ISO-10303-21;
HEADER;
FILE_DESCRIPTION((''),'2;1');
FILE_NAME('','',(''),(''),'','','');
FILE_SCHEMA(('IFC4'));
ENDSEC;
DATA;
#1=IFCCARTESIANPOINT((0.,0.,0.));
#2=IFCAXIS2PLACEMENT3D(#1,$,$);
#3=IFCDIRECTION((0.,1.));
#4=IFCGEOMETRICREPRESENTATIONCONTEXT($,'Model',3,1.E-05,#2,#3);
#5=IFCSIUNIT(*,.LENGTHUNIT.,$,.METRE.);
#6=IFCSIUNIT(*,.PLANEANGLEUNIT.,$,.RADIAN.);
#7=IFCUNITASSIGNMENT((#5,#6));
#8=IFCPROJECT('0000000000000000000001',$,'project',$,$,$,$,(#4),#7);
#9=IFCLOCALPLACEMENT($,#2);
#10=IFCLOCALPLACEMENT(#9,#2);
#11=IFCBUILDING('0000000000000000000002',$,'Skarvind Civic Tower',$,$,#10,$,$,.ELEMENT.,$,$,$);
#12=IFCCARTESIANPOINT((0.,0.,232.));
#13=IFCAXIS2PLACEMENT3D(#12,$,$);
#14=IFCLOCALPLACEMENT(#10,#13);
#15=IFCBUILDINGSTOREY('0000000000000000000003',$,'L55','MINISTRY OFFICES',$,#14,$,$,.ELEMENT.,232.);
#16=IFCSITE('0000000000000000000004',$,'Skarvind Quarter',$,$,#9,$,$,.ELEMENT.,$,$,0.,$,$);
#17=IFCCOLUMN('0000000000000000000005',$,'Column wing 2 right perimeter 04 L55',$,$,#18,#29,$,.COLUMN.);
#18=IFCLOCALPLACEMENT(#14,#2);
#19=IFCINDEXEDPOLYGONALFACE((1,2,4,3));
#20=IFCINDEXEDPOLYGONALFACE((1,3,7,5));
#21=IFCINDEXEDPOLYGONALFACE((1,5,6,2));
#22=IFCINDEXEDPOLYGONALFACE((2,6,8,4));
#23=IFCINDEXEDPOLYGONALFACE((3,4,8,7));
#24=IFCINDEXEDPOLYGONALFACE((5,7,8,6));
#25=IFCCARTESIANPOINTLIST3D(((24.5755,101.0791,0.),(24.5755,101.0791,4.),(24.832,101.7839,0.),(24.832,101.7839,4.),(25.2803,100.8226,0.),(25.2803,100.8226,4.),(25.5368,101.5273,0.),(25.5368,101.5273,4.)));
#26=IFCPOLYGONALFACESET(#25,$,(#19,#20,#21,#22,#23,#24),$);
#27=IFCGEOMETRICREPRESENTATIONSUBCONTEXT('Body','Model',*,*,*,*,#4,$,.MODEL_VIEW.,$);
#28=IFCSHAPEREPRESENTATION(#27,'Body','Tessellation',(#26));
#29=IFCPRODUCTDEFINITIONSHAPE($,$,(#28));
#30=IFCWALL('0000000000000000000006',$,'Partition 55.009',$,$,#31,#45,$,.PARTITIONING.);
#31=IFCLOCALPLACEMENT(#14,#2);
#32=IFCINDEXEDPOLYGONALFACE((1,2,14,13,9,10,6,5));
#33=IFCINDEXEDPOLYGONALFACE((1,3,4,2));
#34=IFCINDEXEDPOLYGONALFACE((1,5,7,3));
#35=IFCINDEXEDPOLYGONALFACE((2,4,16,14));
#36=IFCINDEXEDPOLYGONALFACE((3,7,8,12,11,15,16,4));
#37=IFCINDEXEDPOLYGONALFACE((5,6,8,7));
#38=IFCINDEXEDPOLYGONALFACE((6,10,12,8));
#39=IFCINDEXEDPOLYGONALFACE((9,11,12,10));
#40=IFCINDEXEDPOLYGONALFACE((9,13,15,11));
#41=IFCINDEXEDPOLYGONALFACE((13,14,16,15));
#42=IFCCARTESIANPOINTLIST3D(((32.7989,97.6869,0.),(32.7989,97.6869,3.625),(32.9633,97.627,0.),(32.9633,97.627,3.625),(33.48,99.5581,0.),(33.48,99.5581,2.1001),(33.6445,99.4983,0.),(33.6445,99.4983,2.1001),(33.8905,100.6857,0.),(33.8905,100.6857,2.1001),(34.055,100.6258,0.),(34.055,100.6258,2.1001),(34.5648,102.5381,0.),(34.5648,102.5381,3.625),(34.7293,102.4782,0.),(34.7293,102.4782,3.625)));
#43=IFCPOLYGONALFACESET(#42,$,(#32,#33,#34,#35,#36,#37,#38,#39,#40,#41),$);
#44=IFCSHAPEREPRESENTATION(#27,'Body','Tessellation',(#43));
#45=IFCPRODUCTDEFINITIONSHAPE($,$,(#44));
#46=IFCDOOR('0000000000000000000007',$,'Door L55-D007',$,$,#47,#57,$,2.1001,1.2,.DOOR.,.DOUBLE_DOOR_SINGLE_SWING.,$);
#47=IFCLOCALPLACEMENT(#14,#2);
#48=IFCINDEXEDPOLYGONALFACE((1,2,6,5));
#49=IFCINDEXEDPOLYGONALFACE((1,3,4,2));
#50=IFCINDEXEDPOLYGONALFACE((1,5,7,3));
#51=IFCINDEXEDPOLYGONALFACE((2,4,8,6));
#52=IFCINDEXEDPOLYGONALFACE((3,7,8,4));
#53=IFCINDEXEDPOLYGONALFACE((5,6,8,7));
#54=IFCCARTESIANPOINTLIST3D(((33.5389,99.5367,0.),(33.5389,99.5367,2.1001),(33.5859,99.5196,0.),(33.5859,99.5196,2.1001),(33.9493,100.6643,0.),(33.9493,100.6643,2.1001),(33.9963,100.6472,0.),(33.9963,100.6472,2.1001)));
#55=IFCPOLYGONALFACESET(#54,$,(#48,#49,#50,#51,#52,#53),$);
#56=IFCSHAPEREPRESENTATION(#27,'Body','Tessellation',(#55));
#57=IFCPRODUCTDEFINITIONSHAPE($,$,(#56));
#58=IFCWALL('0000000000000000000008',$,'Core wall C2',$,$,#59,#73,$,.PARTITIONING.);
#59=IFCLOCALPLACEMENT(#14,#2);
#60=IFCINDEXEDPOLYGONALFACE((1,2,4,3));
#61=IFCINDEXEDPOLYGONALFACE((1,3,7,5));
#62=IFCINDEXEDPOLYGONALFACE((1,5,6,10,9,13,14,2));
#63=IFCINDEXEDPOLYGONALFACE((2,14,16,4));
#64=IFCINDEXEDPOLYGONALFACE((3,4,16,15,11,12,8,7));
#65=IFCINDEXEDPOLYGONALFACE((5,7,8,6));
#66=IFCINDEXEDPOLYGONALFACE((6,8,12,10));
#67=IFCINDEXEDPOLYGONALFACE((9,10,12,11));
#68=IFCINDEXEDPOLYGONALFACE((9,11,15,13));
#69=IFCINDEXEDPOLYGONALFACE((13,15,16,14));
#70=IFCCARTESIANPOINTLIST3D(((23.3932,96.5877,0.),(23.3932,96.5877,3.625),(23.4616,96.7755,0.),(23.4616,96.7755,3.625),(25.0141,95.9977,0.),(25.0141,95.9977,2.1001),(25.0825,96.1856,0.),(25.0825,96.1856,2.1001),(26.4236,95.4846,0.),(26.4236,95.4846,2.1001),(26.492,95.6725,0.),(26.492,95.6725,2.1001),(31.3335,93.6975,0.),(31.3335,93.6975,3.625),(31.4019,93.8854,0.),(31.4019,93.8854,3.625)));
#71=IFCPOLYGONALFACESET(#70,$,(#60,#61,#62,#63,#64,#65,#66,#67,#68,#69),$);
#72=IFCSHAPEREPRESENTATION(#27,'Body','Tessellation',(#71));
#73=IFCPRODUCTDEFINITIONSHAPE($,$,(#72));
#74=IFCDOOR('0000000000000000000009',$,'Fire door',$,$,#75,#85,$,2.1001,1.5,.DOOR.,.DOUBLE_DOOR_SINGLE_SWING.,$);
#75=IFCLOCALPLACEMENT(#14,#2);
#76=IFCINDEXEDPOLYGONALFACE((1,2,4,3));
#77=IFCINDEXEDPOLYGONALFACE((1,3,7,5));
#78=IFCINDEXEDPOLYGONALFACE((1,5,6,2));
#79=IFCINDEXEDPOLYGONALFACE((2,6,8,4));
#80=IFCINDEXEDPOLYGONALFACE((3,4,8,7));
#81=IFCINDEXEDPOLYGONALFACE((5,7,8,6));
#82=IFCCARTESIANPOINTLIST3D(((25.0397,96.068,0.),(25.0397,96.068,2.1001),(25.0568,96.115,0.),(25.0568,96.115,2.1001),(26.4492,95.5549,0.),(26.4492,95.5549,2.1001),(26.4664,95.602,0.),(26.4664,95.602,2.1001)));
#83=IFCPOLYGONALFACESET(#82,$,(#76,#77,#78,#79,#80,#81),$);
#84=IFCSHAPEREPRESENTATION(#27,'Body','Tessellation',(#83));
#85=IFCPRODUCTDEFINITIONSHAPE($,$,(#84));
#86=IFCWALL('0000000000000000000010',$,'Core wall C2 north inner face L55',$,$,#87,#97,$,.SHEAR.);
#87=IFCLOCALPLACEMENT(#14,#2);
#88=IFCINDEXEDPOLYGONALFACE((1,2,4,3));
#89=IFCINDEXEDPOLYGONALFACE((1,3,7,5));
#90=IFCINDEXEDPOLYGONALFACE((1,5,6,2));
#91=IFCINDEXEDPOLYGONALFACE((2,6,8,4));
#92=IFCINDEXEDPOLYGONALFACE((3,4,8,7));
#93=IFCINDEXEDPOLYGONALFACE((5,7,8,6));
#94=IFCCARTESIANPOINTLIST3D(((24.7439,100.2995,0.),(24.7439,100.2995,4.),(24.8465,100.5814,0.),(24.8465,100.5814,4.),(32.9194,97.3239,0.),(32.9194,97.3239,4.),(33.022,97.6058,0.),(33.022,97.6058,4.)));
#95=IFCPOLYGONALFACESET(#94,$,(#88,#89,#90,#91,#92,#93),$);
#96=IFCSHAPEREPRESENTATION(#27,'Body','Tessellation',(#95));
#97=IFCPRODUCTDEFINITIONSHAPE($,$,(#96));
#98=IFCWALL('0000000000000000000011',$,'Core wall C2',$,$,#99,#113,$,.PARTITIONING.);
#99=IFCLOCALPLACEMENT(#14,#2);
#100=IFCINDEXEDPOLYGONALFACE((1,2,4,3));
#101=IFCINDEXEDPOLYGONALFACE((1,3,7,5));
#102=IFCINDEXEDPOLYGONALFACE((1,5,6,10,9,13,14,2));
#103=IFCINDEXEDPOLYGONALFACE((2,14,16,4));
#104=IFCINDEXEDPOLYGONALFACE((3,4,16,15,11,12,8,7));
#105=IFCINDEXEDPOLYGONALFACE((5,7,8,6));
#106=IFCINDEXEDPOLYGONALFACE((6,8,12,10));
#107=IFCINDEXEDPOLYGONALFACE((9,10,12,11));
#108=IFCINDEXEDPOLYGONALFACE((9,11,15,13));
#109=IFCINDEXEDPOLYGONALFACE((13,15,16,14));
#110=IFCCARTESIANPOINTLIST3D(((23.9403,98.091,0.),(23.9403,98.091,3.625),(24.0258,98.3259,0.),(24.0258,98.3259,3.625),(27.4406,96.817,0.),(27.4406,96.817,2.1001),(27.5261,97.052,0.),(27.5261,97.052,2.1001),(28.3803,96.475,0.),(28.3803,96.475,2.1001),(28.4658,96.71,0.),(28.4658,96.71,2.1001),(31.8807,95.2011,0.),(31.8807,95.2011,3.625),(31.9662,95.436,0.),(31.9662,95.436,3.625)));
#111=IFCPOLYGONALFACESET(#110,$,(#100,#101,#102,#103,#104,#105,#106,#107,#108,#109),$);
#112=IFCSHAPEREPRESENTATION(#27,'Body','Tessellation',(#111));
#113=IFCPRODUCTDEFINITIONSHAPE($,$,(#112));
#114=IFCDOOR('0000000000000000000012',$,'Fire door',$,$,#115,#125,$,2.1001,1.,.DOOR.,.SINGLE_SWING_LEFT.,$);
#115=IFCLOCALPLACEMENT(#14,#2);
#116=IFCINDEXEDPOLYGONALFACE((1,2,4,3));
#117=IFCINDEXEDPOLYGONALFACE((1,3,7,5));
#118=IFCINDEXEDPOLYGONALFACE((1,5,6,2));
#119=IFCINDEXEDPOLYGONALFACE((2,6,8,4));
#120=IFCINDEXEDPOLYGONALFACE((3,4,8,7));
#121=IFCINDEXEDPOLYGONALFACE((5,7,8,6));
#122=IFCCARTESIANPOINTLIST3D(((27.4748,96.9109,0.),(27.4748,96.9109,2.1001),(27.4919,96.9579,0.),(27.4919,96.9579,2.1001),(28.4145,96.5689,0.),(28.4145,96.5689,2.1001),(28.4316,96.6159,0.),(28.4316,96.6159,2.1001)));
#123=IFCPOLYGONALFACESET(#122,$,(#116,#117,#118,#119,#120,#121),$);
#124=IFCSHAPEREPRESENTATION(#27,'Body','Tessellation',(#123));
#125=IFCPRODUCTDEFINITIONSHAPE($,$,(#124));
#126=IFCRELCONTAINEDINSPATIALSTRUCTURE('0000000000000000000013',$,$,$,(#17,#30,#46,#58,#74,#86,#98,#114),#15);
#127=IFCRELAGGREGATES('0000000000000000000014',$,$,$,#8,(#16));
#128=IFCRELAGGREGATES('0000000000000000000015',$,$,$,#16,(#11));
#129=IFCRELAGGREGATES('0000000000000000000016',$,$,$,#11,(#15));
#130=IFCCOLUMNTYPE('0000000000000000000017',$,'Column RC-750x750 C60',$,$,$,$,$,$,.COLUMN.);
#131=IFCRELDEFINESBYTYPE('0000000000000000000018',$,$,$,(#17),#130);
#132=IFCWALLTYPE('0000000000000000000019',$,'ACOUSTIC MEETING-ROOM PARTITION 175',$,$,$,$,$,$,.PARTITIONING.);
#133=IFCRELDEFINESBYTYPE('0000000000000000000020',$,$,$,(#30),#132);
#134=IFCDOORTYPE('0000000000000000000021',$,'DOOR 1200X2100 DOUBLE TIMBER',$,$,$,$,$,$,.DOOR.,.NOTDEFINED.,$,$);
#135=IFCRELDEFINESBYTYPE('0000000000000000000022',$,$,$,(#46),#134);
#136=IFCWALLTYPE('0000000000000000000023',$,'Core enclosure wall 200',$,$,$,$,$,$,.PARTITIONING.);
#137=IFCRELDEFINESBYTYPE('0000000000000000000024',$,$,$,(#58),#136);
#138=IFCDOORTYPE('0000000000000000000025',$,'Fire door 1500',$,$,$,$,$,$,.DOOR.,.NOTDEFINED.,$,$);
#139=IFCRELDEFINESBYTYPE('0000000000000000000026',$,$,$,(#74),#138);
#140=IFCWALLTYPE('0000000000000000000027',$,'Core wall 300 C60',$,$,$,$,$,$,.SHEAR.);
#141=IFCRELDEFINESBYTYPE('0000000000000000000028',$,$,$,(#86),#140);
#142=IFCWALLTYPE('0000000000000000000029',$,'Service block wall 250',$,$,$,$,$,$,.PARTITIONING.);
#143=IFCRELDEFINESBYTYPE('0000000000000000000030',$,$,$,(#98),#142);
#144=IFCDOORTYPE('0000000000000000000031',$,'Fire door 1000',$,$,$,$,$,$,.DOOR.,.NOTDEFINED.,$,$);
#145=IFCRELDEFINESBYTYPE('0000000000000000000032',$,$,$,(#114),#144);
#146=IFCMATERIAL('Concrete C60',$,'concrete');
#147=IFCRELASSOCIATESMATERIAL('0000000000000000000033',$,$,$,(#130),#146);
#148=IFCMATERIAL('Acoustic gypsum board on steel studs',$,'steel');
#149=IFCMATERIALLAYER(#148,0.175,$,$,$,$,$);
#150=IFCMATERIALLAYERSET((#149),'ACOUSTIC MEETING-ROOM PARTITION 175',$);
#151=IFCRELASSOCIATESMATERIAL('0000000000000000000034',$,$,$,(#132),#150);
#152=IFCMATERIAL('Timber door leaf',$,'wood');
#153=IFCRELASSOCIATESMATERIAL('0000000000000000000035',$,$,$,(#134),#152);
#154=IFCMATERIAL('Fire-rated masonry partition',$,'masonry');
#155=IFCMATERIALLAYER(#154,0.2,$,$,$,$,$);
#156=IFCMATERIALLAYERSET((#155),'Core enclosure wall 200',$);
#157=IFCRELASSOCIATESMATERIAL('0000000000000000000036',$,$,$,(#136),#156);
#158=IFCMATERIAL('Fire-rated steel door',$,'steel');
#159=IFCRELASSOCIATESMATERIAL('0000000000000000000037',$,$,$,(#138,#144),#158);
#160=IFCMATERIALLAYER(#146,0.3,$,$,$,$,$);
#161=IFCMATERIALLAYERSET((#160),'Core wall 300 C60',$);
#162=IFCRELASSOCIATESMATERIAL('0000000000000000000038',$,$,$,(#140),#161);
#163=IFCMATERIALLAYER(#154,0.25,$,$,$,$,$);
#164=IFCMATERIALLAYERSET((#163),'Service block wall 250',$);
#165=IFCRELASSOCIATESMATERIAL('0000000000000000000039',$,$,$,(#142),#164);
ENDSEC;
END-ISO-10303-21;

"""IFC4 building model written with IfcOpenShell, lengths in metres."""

from ifc_helpers import new_model, si_unit, direction, frame, frame_2d, origin, origin_2d, place, context, subcontext, project, spatial, rectangle, extrude, material, layer, layer_set, material_profile, profile_set, type_object, element, fill, save


model = new_model("IFC4")

# Units and contexts
model_context = context("Model", 3, precision=1e-05, world=origin(), true_north=direction((0.0, 1.0)))
body_context = subcontext(model_context, "Body", "Model", "MODEL_VIEW")
ifc_project = project(units=[si_unit("LENGTHUNIT", "METRE"), si_unit("PLANEANGLEUNIT", "RADIAN")], contexts=[model_context])

# Site, building, storey
site_placement = place(None, origin())
site = spatial("IfcSite", under=ifc_project, at=site_placement, Name="Skarvind Quarter", CompositionType="ELEMENT", RefElevation=0.0)
building_placement = place(site_placement, origin())
building = spatial("IfcBuilding", under=site, at=building_placement, Name="Skarvind Civic Tower", CompositionType="ELEMENT")
storey_placement = place(building_placement, frame((0.0, 0.0, 232.0)))
storey = spatial("IfcBuildingStorey", under=building, at=storey_placement, Name="L55", Description="MINISTRY OFFICES", CompositionType="ELEMENT", Elevation=232.0)

# Column
ifc_material_1 = material(Name="Concrete C60", Category="concrete")
ifc_material_profile = material_profile(ifc_material_1, rectangle(XDim=0.75, YDim=0.75, at=origin_2d()), Name="RC-750x750")
ifc_profile_set = profile_set([ifc_material_profile], Name="Concrete C60")
column_type = type_object("IfcColumnType", Name="Column RC-750x750 C60", PredefinedType="COLUMN", material=ifc_profile_set)
column_placement = place(storey_placement, frame((25.0562, 101.3032, 0.0), z_axis=(0.0, 0.0, 1.0), x_axis=(-0.34202, -0.939693, 0.0)))
element("IfcColumn", 1, at=column_placement, inside=storey, type_object=column_type, Name="Column wing 2 right perimeter 04 L55", PredefinedType="COLUMN", context=body_context, shape_type="SweptSolid", body=[
    extrude(rectangle(XDim=0.75, YDim=0.75, at=origin_2d()), origin(), (0.0, 0.0, 1.0), 4.0),
])

# Walls, openings, doors
ifc_material_2 = material(Name="Acoustic gypsum board on steel studs", Category="steel")
ifc_layer_1 = layer(ifc_material_2, 0.175)
ifc_layer_set_1 = layer_set([ifc_layer_1], Name="ACOUSTIC MEETING-ROOM PARTITION 175")
wall_type_1 = type_object("IfcWallType", Name="ACOUSTIC MEETING-ROOM PARTITION 175", PredefinedType="PARTITIONING", material=ifc_layer_set_1)
wall_1_placement = place(storey_placement, frame((32.8811, 97.657, 0.0), z_axis=(0.0, 0.0, 1.0), x_axis=(0.342058, 0.939679, 0.0)))
wall_1 = element("IfcWall", 2, at=wall_1_placement, inside=storey, type_object=wall_type_1, Name="Partition 55.009", PredefinedType="PARTITIONING", context=body_context, shape_type="SweptSolid", body=[
    extrude(rectangle(XDim=5.1626, YDim=0.175, at=frame_2d((2.5813, 0.0))), origin(), (0.0, 0.0, 1.0), 3.625),
])
opening_1_placement = place(wall_1_placement, frame((1.9912, 0.0, 0.0)))
opening_1 = element("IfcOpeningElement", 3, at=opening_1_placement, cuts=wall_1, PredefinedType="OPENING", context=body_context, shape_type="SweptSolid", body=[
    extrude(rectangle(XDim=1.2, YDim=2.1001, at=frame_2d((0.6001, 1.05))), frame((0.0, 0.0974, 0.0), z_axis=(0.0, -1.0, 0.0), x_axis=(1.0, 0.0, 0.0)), (0.0, 0.0, 1.0), 0.1951),
])
ifc_material_3 = material(Name="Timber door leaf", Category="wood")
door_type_1 = type_object("IfcDoorType", Name="DOOR 1200X2100 DOUBLE TIMBER", OperationType="NOTDEFINED", PredefinedType="DOOR", material=ifc_material_3)
door_1_placement = place(opening_1_placement, origin())
door_1 = element("IfcDoor", 4, at=door_1_placement, inside=storey, type_object=door_type_1, Name="Door L55-D007", OperationType="DOUBLE_DOOR_SINGLE_SWING", OverallHeight=2.1001, OverallWidth=1.2, PredefinedType="DOOR", context=body_context, shape_type="SweptSolid", body=[
    extrude(rectangle(XDim=1.2, YDim=2.1001, at=frame_2d((0.6001, 1.05))), frame((0.0, 0.0249, 0.0), z_axis=(0.0, -1.0, 0.0), x_axis=(1.0, 0.0, 0.0)), (0.0, 0.0, 1.0), 0.05),
])
fill(opening_1, door_1)
ifc_material_4 = material(Name="Fire-rated masonry partition", Category="masonry")
ifc_layer_2 = layer(ifc_material_4, 0.2)
ifc_layer_set_2 = layer_set([ifc_layer_2], Name="Core enclosure wall 200")
wall_type_2 = type_object("IfcWallType", Name="Core enclosure wall 200", PredefinedType="PARTITIONING", material=ifc_layer_set_2)
wall_2_placement = place(storey_placement, frame((23.4272, 96.6816, 0.0), z_axis=(0.0, 0.0, 1.0), x_axis=(0.93969, -0.342026, 0.0)))
wall_2 = element("IfcWall", 5, at=wall_2_placement, inside=storey, type_object=wall_type_2, Name="Core wall C2", PredefinedType="PARTITIONING", context=body_context, shape_type="SweptSolid", body=[
    extrude(rectangle(XDim=8.45, YDim=0.2, at=frame_2d((4.2251, 0.0))), origin(), (0.0, 0.0, 1.0), 3.625),
])
opening_2_placement = place(wall_2_placement, frame((1.7251, 0.0, 0.0)))
opening_2 = element("IfcOpeningElement", 6, at=opening_2_placement, cuts=wall_2, PredefinedType="OPENING", context=body_context, shape_type="SweptSolid", body=[
    extrude(rectangle(XDim=1.5, YDim=2.1001, at=frame_2d((0.75, 1.05))), frame((0.0, 0.1099, 0.0), z_axis=(0.0, -1.0, 0.0), x_axis=(1.0, 0.0, 0.0)), (0.0, 0.0, 1.0), 0.22),
])
ifc_material_5 = material(Name="Fire-rated steel door", Category="steel")
door_type_2 = type_object("IfcDoorType", Name="Fire door 1500", OperationType="NOTDEFINED", PredefinedType="DOOR", material=ifc_material_5)
door_2_placement = place(opening_2_placement, origin())
door_2 = element("IfcDoor", 7, at=door_2_placement, inside=storey, type_object=door_type_2, Name="Fire door", OperationType="DOUBLE_DOOR_SINGLE_SWING", OverallHeight=2.1001, OverallWidth=1.5, PredefinedType="DOOR", context=body_context, shape_type="SweptSolid", body=[
    extrude(rectangle(XDim=1.5, YDim=2.1001, at=frame_2d((0.75, 1.05))), frame((0.0, 0.0249, 0.0), z_axis=(0.0, -1.0, 0.0), x_axis=(1.0, 0.0, 0.0)), (0.0, 0.0, 1.0), 0.05),
])
fill(opening_2, door_2)

# Wall
ifc_layer_3 = layer(ifc_material_1, 0.3)
ifc_layer_set_3 = layer_set([ifc_layer_3], Name="Core wall 300 C60")
wall_type_3 = type_object("IfcWallType", Name="Core wall 300 C60", PredefinedType="SHEAR", material=ifc_layer_set_3)
wall_3_placement = place(storey_placement, frame((32.9707, 97.4648, 0.0), z_axis=(0.0, 0.0, 1.0), x_axis=(-0.939695, 0.342013, 0.0)))
element("IfcWall", 8, at=wall_3_placement, inside=storey, type_object=wall_type_3, Name="Core wall C2 north inner face L55", PredefinedType="SHEAR", context=body_context, shape_type="SweptSolid", body=[
    extrude(rectangle(XDim=8.7002, YDim=0.3, at=frame_2d((4.3501, 0.0))), origin(), (0.0, 0.0, 1.0), 4.0),
])

# Wall, opening, door
ifc_layer_4 = layer(ifc_material_4, 0.25)
ifc_layer_set_4 = layer_set([ifc_layer_4], Name="Service block wall 250")
wall_type_4 = type_object("IfcWallType", Name="Service block wall 250", PredefinedType="PARTITIONING", material=ifc_layer_set_4)
wall_4_placement = place(storey_placement, frame((23.9829, 98.2085, 0.0), z_axis=(0.0, 0.0, 1.0), x_axis=(0.9397, -0.342001, 0.0)))
wall_4 = element("IfcWall", 9, at=wall_4_placement, inside=storey, type_object=wall_type_4, Name="Core wall C2", PredefinedType="PARTITIONING", context=body_context, shape_type="SweptSolid", body=[
    extrude(rectangle(XDim=8.45, YDim=0.25, at=frame_2d((4.2251, 0.0))), origin(), (0.0, 0.0, 1.0), 3.625),
])
opening_3_placement = place(wall_4_placement, frame((3.7251, 0.0, 0.0)))
opening_3 = element("IfcOpeningElement", 10, at=opening_3_placement, cuts=wall_4, PredefinedType="OPENING", context=body_context, shape_type="SweptSolid", body=[
    extrude(rectangle(XDim=1.0, YDim=2.1001, at=frame_2d((0.5, 1.05))), frame((0.0, 0.135, 0.0), z_axis=(0.0, -1.0, 0.0), x_axis=(1.0, 0.0, 0.0)), (0.0, 0.0, 1.0), 0.27),
])
door_type_3 = type_object("IfcDoorType", Name="Fire door 1000", OperationType="NOTDEFINED", PredefinedType="DOOR", material=ifc_material_5)
door_3_placement = place(opening_3_placement, origin())
door_3 = element("IfcDoor", 11, at=door_3_placement, inside=storey, type_object=door_type_3, Name="Fire door", OperationType="SINGLE_SWING_LEFT", OverallHeight=2.1001, OverallWidth=1.0, PredefinedType="DOOR", context=body_context, shape_type="SweptSolid", body=[
    extrude(rectangle(XDim=1.0, YDim=2.1001, at=frame_2d((0.5, 1.05))), frame((0.0, 0.0249, 0.0), z_axis=(0.0, -1.0, 0.0), x_axis=(1.0, 0.0, 0.0)), (0.0, 0.0, 1.0), 0.05),
])
fill(opening_3, door_3)

save(model, "model.ifc")
